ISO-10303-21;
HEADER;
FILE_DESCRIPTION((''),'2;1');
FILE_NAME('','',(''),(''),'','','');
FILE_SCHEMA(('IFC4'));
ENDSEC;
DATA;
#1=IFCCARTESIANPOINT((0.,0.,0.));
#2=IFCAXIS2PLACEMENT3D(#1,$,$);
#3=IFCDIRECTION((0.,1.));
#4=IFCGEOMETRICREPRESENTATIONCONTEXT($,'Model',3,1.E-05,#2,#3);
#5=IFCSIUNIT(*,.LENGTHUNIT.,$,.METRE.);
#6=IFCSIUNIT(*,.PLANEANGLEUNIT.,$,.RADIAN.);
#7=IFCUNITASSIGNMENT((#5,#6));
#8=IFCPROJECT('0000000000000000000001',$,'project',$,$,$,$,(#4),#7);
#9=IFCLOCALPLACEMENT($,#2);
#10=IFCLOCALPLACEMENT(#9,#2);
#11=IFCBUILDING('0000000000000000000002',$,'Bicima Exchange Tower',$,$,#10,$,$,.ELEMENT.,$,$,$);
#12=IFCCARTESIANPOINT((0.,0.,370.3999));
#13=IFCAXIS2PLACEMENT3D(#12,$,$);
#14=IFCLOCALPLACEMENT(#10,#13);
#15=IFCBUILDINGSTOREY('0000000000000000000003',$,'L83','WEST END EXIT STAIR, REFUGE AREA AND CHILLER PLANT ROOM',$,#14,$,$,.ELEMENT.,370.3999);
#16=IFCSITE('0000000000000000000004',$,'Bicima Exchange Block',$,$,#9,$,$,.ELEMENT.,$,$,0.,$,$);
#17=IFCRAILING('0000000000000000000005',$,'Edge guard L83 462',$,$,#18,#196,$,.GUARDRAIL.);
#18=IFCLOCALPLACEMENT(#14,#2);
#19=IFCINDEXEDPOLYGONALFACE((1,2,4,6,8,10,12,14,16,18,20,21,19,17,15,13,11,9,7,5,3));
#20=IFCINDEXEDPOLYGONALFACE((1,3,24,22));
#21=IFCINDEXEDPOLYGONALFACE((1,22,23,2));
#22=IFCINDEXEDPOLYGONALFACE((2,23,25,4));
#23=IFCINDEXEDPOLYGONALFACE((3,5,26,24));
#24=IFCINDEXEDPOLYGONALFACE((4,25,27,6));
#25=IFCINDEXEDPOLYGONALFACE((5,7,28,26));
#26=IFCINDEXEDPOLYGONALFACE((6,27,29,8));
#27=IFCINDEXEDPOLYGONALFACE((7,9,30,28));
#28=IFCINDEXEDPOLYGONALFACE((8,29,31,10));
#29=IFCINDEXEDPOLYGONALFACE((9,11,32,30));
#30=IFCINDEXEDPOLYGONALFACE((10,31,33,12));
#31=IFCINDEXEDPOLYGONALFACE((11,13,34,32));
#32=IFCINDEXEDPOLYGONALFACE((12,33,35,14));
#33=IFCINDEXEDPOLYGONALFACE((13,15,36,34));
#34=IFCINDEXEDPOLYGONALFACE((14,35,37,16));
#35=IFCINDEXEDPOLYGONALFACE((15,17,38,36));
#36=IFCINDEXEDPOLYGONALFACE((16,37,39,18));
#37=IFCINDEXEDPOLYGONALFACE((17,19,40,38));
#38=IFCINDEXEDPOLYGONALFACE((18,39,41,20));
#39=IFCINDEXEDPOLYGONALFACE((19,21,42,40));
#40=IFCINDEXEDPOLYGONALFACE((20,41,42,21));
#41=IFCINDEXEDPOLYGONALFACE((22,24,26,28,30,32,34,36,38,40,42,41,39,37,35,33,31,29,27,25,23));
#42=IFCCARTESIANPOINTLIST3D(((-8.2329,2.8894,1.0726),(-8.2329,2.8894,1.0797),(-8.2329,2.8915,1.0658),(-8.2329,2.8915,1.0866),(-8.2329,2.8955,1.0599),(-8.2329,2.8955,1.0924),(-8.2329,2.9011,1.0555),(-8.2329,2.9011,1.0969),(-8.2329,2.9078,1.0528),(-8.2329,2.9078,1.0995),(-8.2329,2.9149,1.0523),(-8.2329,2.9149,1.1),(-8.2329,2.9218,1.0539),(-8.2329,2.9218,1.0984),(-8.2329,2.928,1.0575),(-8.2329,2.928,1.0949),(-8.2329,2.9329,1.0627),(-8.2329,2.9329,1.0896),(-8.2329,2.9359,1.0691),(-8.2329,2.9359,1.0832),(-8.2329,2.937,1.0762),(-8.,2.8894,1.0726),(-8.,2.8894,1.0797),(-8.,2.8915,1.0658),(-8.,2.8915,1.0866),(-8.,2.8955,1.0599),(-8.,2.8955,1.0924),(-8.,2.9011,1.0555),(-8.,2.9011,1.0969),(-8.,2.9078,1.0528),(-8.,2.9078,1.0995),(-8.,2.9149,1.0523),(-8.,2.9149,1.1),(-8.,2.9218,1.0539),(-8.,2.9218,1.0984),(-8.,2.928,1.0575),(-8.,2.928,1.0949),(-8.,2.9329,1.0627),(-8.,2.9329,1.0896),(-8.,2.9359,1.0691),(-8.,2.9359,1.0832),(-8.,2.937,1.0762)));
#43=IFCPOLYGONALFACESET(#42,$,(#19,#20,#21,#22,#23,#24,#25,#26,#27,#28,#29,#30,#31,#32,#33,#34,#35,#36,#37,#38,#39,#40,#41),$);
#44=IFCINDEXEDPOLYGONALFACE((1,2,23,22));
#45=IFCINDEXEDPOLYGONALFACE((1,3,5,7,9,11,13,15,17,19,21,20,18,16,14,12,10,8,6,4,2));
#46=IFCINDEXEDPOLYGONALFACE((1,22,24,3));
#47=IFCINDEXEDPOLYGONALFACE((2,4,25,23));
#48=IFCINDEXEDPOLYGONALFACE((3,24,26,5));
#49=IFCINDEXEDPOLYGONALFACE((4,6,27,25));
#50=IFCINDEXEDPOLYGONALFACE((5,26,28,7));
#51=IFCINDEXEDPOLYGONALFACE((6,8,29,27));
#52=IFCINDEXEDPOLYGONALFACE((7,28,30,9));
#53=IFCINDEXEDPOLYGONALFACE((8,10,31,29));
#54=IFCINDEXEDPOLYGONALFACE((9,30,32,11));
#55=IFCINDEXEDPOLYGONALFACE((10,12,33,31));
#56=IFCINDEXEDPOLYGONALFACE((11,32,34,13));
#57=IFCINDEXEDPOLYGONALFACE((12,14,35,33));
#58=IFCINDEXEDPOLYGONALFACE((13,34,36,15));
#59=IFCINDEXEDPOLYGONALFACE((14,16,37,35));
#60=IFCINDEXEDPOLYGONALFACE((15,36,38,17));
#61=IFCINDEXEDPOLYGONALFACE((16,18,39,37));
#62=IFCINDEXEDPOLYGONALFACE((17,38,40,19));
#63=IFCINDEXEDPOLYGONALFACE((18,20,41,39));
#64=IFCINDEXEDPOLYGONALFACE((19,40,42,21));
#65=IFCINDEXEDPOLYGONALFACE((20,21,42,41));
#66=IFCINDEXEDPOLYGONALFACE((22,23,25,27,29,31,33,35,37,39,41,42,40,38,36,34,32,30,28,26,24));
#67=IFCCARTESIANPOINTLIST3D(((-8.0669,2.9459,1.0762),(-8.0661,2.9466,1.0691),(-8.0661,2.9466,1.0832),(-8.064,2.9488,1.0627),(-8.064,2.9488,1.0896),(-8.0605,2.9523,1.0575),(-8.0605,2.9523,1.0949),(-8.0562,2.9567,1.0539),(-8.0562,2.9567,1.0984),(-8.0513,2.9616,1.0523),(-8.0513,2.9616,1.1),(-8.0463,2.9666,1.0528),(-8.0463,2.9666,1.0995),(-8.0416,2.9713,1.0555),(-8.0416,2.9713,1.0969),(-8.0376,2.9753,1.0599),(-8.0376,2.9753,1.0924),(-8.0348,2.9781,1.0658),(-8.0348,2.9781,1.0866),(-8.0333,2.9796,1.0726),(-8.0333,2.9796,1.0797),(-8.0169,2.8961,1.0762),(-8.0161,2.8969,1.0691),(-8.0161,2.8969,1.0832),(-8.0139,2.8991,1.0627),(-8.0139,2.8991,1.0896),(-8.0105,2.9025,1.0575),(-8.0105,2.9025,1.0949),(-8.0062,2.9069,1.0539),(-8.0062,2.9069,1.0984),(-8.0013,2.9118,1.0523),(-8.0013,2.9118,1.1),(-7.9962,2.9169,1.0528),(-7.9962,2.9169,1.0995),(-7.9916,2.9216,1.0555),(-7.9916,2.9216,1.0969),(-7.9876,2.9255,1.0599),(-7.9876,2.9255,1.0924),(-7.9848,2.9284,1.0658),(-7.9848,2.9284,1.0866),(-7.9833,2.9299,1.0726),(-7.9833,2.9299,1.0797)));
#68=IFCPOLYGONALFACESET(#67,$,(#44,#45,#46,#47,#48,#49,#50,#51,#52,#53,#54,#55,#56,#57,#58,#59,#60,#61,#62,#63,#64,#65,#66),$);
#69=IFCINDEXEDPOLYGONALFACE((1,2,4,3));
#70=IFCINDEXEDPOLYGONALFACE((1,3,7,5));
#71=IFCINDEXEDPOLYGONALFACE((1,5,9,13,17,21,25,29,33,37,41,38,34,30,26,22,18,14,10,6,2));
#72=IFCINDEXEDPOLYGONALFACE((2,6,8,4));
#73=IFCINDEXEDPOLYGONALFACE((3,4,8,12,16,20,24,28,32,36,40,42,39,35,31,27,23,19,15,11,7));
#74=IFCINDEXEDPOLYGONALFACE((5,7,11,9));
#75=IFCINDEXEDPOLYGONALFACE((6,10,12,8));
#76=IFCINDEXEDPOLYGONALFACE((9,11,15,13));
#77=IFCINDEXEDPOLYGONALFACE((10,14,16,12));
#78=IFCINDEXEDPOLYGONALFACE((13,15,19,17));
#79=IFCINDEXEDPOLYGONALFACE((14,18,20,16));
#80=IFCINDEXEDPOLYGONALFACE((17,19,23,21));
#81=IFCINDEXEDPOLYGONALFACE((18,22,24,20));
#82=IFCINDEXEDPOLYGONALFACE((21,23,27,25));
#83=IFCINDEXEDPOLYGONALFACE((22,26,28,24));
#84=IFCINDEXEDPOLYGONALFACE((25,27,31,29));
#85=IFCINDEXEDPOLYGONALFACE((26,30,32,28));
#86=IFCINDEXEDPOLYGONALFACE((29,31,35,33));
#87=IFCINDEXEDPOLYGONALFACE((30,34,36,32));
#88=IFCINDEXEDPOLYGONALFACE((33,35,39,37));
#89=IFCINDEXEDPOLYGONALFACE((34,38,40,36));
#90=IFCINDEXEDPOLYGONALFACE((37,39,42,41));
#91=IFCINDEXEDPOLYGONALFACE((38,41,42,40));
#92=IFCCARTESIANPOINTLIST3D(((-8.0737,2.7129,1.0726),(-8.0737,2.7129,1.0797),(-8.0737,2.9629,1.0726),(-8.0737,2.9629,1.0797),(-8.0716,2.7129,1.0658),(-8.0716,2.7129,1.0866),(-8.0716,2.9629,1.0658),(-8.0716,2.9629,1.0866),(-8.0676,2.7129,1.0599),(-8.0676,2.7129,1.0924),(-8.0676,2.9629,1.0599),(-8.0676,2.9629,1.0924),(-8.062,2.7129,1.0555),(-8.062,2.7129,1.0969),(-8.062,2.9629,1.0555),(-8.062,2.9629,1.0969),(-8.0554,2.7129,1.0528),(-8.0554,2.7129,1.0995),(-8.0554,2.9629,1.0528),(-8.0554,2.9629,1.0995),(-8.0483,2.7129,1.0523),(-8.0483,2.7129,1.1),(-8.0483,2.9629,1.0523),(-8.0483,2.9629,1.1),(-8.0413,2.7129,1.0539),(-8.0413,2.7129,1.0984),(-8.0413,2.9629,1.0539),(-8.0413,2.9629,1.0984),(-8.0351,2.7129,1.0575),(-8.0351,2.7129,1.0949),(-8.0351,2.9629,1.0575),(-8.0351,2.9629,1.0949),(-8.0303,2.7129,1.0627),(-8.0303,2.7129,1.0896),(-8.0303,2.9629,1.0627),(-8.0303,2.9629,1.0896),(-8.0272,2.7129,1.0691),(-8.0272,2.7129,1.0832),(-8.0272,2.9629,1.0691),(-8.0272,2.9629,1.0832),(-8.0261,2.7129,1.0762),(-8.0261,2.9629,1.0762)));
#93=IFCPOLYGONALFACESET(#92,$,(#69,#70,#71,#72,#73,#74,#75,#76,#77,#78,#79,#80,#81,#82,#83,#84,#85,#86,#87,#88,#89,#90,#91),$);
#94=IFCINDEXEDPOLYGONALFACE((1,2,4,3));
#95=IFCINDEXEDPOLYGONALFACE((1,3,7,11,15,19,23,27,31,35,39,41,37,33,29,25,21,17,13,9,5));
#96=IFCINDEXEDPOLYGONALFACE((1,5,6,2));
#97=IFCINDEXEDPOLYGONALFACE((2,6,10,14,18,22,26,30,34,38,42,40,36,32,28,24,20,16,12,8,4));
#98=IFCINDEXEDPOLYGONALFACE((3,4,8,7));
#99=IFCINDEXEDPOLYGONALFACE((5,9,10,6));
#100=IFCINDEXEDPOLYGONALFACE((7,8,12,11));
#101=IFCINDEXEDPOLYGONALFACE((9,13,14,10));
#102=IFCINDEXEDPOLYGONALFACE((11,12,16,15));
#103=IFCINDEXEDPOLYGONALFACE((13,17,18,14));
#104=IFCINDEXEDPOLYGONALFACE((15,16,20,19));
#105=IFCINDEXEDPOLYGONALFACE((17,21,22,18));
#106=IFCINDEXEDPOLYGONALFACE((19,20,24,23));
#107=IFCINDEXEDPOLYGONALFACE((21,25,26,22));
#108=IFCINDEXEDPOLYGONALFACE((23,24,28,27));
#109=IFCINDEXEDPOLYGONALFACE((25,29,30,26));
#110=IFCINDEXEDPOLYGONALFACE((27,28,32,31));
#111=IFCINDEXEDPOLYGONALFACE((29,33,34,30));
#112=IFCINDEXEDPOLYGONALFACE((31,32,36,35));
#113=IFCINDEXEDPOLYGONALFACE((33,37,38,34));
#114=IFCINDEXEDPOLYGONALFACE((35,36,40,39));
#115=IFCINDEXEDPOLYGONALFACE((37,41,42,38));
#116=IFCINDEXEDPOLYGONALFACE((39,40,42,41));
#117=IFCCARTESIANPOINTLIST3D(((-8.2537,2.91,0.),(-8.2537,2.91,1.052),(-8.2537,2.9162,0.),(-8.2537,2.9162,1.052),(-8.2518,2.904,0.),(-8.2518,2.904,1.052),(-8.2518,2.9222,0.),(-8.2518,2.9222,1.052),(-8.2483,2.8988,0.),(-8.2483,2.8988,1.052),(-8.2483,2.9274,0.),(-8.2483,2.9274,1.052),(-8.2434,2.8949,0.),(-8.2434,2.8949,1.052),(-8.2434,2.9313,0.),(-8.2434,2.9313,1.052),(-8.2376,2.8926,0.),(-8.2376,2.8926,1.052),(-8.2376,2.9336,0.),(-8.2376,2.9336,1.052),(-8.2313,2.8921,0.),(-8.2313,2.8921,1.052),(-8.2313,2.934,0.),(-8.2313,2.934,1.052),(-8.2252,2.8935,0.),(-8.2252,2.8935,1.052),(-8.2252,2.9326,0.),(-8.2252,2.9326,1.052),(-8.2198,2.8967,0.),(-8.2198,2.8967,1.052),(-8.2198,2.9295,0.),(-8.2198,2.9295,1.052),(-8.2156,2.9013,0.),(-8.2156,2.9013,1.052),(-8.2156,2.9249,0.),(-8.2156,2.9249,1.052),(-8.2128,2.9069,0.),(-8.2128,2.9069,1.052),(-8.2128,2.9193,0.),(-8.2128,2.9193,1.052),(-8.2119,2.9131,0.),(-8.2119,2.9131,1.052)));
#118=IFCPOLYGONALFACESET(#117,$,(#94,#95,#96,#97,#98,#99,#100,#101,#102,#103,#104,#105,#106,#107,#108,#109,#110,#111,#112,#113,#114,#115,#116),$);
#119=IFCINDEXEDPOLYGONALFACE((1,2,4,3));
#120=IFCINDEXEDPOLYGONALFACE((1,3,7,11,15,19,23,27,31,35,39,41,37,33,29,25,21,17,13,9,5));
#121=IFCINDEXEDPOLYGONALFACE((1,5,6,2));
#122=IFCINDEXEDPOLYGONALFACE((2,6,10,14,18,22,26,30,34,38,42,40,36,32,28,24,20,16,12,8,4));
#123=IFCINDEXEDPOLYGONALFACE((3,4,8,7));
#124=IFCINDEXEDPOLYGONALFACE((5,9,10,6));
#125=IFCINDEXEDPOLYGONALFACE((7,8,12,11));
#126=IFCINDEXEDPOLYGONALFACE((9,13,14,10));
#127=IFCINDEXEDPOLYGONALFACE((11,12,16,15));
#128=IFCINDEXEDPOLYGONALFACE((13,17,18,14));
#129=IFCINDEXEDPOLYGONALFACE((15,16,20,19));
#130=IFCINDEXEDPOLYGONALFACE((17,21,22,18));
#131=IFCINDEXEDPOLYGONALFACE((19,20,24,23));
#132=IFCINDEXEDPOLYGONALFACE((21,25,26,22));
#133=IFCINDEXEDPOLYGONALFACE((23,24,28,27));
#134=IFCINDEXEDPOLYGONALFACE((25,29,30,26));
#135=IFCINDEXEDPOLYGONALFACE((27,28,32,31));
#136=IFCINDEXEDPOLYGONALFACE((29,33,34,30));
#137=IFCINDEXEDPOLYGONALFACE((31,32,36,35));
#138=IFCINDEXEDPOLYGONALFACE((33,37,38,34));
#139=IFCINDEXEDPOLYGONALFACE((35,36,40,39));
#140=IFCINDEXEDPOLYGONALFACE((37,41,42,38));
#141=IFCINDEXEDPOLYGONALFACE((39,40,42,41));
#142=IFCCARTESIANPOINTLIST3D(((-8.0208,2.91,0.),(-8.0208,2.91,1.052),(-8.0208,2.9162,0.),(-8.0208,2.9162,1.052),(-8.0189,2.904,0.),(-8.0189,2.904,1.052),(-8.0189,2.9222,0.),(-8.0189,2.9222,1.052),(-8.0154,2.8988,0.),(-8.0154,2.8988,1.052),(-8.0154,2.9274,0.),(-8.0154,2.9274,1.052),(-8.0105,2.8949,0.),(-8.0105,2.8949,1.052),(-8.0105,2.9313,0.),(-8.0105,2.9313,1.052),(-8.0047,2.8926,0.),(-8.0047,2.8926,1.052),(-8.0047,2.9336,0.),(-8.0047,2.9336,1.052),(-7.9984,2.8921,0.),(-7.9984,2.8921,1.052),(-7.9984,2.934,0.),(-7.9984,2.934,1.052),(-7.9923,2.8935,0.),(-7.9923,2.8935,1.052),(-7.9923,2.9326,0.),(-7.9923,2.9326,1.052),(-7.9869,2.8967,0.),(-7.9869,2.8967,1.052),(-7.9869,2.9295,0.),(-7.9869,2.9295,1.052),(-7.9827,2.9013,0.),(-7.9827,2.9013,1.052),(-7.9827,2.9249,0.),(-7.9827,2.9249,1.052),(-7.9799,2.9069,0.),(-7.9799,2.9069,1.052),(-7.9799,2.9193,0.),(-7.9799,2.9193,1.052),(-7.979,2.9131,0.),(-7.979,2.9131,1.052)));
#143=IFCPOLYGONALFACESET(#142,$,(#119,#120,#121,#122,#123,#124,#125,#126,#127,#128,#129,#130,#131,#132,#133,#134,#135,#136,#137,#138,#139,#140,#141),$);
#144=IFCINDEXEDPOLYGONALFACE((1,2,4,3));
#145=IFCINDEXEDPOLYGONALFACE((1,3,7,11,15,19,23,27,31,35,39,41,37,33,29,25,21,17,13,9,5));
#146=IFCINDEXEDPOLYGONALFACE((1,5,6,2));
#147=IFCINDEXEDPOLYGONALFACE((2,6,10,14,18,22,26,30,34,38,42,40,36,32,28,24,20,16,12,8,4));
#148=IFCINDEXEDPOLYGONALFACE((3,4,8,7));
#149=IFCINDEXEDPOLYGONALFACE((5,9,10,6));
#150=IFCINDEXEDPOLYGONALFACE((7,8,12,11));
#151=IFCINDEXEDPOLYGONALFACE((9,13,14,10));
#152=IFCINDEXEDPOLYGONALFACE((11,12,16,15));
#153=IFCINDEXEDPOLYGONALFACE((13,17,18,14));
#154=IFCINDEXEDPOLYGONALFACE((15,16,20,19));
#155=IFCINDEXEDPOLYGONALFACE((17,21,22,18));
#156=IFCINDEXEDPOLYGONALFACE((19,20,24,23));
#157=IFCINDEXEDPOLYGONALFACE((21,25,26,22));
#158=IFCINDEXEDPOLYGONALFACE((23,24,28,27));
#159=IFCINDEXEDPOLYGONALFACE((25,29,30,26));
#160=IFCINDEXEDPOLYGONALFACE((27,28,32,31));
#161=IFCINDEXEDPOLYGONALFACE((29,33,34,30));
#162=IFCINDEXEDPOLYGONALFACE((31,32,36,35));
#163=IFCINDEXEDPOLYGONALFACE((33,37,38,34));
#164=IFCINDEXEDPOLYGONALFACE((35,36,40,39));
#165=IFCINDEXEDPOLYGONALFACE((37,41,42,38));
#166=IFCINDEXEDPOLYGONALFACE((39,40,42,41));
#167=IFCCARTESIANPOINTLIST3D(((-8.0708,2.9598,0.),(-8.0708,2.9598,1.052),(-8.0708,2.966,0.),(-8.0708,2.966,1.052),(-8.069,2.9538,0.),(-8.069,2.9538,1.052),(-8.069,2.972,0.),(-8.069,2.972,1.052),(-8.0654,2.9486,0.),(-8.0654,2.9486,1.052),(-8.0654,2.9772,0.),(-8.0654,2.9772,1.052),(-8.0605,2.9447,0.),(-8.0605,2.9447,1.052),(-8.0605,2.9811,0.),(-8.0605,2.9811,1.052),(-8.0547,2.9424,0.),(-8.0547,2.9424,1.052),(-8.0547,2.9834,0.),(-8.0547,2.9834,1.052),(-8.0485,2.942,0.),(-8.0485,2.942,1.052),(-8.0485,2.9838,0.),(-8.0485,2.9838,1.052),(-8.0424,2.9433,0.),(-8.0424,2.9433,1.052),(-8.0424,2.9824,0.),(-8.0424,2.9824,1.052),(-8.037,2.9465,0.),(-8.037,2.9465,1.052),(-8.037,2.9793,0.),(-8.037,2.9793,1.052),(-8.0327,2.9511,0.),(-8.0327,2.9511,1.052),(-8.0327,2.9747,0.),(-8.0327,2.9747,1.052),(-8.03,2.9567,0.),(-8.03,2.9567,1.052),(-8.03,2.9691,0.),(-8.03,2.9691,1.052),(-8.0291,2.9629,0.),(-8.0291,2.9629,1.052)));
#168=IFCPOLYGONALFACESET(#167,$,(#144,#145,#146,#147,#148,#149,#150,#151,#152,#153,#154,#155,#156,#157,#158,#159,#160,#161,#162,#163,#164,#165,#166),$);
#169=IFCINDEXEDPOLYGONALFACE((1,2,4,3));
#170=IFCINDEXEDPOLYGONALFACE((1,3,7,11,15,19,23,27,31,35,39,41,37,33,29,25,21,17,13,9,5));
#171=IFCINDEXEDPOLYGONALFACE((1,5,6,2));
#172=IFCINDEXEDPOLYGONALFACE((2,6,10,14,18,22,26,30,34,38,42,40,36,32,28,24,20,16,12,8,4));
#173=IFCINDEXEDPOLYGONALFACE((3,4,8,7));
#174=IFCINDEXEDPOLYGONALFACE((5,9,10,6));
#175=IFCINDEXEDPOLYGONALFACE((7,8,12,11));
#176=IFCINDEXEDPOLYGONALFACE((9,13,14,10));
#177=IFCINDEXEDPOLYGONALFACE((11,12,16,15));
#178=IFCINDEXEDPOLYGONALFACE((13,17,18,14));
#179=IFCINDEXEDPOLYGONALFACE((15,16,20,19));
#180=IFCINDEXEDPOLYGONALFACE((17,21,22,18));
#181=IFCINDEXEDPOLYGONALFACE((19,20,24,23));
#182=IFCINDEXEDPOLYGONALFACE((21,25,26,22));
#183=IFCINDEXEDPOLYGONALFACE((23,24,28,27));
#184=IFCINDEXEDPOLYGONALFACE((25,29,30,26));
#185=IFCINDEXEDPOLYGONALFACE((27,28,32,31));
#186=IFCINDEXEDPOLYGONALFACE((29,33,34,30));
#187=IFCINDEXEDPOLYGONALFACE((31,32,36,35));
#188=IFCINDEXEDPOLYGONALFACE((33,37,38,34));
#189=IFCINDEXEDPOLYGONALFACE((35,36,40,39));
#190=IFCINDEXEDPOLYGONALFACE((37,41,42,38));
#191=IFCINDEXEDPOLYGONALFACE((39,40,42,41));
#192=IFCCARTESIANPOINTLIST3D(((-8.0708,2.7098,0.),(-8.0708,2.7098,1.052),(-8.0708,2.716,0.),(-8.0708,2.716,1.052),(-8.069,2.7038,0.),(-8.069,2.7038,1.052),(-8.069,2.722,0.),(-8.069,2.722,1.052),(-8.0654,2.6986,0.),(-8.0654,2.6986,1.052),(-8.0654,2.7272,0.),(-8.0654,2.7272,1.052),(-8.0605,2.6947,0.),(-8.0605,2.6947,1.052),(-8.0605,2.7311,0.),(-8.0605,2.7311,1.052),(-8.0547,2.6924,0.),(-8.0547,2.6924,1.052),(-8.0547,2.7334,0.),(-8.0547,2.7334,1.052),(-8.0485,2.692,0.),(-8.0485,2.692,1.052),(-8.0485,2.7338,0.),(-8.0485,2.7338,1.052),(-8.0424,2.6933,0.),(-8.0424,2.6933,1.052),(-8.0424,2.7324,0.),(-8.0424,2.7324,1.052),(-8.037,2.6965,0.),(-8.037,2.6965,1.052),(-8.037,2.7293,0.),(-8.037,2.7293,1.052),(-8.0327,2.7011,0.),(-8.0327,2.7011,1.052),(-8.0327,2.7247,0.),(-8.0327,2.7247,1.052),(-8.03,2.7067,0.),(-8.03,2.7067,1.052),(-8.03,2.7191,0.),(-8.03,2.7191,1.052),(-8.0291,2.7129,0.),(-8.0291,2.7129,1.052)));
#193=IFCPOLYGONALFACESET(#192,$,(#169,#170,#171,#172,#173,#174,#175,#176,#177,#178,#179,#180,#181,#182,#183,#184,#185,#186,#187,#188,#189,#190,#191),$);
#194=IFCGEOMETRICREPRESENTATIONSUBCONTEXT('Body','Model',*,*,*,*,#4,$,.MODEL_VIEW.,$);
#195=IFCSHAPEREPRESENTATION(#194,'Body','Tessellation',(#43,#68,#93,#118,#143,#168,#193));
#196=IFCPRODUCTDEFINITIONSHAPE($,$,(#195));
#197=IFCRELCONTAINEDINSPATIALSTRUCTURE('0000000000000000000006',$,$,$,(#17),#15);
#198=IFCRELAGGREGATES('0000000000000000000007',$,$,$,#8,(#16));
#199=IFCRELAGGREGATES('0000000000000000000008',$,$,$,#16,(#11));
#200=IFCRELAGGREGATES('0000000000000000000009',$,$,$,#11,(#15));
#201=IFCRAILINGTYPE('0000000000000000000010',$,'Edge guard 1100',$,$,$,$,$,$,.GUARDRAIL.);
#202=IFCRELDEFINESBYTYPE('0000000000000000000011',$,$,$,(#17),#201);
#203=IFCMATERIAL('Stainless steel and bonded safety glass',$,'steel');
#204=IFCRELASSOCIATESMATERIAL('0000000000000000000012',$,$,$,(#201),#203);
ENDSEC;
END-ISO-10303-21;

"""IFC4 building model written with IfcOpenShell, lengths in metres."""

from ifc_helpers import new_model, si_unit, direction, frame, origin, origin_2d, place, context, subcontext, project, spatial, circle, extrude, material, type_object, element, save


model = new_model("IFC4")

# Units and contexts
model_context = context("Model", 3, precision=1e-05, world=origin(), true_north=direction((0.0, 1.0)))
body_context = subcontext(model_context, "Body", "Model", "MODEL_VIEW")
ifc_project = project(units=[si_unit("LENGTHUNIT", "METRE"), si_unit("PLANEANGLEUNIT", "RADIAN")], contexts=[model_context])

# Site, building, storey
site_placement = place(None, origin())
site = spatial("IfcSite", under=ifc_project, at=site_placement, Name="Bicima Exchange Block", CompositionType="ELEMENT", RefElevation=0.0)
building_placement = place(site_placement, origin())
building = spatial("IfcBuilding", under=site, at=building_placement, Name="Bicima Exchange Tower", CompositionType="ELEMENT")
storey_placement = place(building_placement, frame((0.0, 0.0, 370.3999)))
storey = spatial("IfcBuildingStorey", under=building, at=storey_placement, Name="L83", Description="WEST END EXIT STAIR, REFUGE AREA AND CHILLER PLANT ROOM", CompositionType="ELEMENT", Elevation=370.3999)

# Railing
ifc_material_1 = material(Name="Stainless steel and bonded safety glass", Category="steel")
railing_type_1 = type_object("IfcRailingType", Name="Edge guard 1100", PredefinedType="GUARDRAIL", material=ifc_material_1)
railing_1_placement = place(storey_placement, frame((-8.2329, 2.9131, 0.0)))
element("IfcRailing", 1, at=railing_1_placement, inside=storey, type_object=railing_type_1, Name="Edge guard L83 462", PredefinedType="GUARDRAIL", context=body_context, shape_type="SweptSolid", body=[
    extrude(circle(Radius=0.0239, at=origin_2d()), frame((0.0, 0.0, 1.0762), z_axis=(1.0, 0.0, 0.0), x_axis=(0.0, 1.0, 0.0)), (0.0, 0.0, 1.0), 0.2329),
    extrude(circle(Radius=0.0239, at=origin_2d()), frame((0.2329, 0.0, 1.0762), z_axis=(-0.708834, 0.705376, 0.0), x_axis=(-0.705376, -0.708834, 0.0)), (0.0, 0.0, 1.0), 0.0706),
    extrude(circle(Radius=0.0239, at=origin_2d()), frame((0.1829, 0.0498, 1.0762), z_axis=(0.0, -1.0, 0.0), x_axis=(1.0, 0.0, 0.0)), (0.0, 0.0, 1.0), 0.25),
    extrude(circle(Radius=0.021, at=origin_2d()), origin(), (0.0, 0.0, 1.0), 1.052),
    extrude(circle(Radius=0.021, at=origin_2d()), frame((0.2329, 0.0, 0.0)), (0.0, 0.0, 1.0), 1.052),
    extrude(circle(Radius=0.021, at=origin_2d()), frame((0.1829, 0.0498, 0.0)), (0.0, 0.0, 1.0), 1.052),
    extrude(circle(Radius=0.021, at=origin_2d()), frame((0.1829, -0.2002, 0.0)), (0.0, 0.0, 1.0), 1.052),
])

save(model, "model.ifc")
